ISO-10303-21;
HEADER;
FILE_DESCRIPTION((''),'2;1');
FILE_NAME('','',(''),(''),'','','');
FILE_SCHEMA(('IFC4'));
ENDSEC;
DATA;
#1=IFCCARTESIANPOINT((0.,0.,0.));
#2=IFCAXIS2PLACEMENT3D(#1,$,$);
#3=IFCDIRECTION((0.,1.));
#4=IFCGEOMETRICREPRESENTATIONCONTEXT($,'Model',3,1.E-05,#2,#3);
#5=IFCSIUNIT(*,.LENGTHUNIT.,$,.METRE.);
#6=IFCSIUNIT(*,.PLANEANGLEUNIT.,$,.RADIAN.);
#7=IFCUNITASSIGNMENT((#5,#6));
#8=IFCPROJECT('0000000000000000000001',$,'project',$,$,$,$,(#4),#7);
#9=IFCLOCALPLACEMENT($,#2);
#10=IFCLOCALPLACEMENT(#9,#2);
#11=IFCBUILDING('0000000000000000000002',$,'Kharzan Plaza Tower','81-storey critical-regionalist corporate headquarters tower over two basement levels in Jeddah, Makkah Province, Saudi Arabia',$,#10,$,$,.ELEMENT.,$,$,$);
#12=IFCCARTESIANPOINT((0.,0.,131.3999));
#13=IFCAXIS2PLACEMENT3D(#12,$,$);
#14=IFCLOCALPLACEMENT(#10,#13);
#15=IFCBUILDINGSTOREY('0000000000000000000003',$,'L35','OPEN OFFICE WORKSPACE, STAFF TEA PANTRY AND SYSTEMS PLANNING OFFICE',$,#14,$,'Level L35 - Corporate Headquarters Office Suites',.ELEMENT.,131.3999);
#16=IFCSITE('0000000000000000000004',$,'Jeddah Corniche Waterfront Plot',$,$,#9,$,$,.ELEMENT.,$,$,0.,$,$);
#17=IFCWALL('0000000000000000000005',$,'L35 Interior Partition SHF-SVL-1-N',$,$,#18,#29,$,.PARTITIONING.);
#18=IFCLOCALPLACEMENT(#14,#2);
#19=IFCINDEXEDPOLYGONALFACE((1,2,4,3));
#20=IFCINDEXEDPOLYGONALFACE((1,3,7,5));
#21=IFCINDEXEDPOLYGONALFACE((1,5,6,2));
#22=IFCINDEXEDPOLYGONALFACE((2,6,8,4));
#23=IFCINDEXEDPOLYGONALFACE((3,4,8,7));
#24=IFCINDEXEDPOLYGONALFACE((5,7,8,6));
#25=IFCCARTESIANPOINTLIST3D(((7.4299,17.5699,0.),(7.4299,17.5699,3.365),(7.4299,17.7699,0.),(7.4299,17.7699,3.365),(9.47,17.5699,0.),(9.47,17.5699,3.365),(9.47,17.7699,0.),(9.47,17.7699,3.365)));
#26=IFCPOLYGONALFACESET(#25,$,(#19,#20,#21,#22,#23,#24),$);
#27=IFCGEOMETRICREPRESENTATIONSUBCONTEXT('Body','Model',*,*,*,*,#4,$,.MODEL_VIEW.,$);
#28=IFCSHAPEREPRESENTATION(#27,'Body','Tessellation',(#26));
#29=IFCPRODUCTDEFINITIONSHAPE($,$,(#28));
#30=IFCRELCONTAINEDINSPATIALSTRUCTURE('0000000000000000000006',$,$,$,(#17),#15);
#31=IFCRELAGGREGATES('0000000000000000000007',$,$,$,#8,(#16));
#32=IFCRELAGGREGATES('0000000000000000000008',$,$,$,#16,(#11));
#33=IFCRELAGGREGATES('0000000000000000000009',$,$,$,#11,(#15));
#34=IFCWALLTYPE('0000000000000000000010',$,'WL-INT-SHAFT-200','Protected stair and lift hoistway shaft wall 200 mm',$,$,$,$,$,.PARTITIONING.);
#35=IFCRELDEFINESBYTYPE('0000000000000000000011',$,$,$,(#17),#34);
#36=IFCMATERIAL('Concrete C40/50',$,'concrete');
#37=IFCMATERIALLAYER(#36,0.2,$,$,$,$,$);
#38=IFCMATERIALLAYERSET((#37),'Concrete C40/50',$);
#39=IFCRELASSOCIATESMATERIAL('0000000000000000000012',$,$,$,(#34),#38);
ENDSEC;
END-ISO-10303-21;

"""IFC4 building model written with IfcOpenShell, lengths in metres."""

from ifc_helpers import new_model, si_unit, direction, frame, frame_2d, origin, place, context, subcontext, project, spatial, rectangle, extrude, source, transform, mapped, material, layer, layer_set, type_object, element, save


model = new_model("IFC4")

# Units and contexts
model_context = context("Model", 3, precision=1e-05, world=origin(), true_north=direction((0.0, 1.0)))
body_context = subcontext(model_context, "Body", "Model", "MODEL_VIEW")
ifc_project = project(units=[si_unit("LENGTHUNIT", "METRE"), si_unit("PLANEANGLEUNIT", "RADIAN")], contexts=[model_context])

# Site, building, storey
site_placement = place(None, origin())
site = spatial("IfcSite", under=ifc_project, at=site_placement, Name="Jeddah Corniche Waterfront Plot", CompositionType="ELEMENT", RefElevation=0.0)
building_placement = place(site_placement, origin())
building = spatial("IfcBuilding", under=site, at=building_placement, Name="Kharzan Plaza Tower", Description="81-storey critical-regionalist corporate headquarters tower over two basement levels in Jeddah, Makkah Province, Saudi Arabia", CompositionType="ELEMENT")
storey_placement = place(building_placement, frame((0.0, 0.0, 131.3999)))
storey = spatial("IfcBuildingStorey", under=building, at=storey_placement, Name="L35", Description="OPEN OFFICE WORKSPACE, STAFF TEA PANTRY AND SYSTEMS PLANNING OFFICE", LongName="Level L35 - Corporate Headquarters Office Suites", CompositionType="ELEMENT", Elevation=131.3999)

# Shared definitions
ifc_material_1 = material(Name="Concrete C40/50", Category="concrete")

# Shared definitions
ifc_layer_1 = layer(ifc_material_1, 0.2)
ifc_layer_set_1 = layer_set([ifc_layer_1], Name="Concrete C40/50")
wall_type_1 = type_object("IfcWallType", Name="WL-INT-SHAFT-200", Description="Protected stair and lift hoistway shaft wall 200 mm", PredefinedType="PARTITIONING", material=ifc_layer_set_1)

# Wall
shared_shape_1 = source(origin(), body_context, "Body", "SweptSolid", [
    extrude(rectangle(XDim=2.04, YDim=0.2, at=frame_2d((1.02, 0.0))), origin(), (0.0, 0.0, 1.0), 3.365),
])
wall_1_placement = place(storey_placement, frame((7.4299, 17.6699, 0.0), z_axis=(0.0, 0.0, 1.0), x_axis=(1.0, 0.0, 0.0)))
element("IfcWall", 1, at=wall_1_placement, inside=storey, type_object=wall_type_1, Name="L35 Interior Partition SHF-SVL-1-N", PredefinedType="PARTITIONING", context=body_context, shape_type="MappedRepresentation", body=[
    mapped(shared_shape_1, transform((0.0, 0.0, 0.0), x_axis=(1.0, 0.0, 0.0), y_axis=(0.0, 1.0, 0.0), z_axis=(0.0, 0.0, 1.0))),
])

save(model, "model.ifc")
